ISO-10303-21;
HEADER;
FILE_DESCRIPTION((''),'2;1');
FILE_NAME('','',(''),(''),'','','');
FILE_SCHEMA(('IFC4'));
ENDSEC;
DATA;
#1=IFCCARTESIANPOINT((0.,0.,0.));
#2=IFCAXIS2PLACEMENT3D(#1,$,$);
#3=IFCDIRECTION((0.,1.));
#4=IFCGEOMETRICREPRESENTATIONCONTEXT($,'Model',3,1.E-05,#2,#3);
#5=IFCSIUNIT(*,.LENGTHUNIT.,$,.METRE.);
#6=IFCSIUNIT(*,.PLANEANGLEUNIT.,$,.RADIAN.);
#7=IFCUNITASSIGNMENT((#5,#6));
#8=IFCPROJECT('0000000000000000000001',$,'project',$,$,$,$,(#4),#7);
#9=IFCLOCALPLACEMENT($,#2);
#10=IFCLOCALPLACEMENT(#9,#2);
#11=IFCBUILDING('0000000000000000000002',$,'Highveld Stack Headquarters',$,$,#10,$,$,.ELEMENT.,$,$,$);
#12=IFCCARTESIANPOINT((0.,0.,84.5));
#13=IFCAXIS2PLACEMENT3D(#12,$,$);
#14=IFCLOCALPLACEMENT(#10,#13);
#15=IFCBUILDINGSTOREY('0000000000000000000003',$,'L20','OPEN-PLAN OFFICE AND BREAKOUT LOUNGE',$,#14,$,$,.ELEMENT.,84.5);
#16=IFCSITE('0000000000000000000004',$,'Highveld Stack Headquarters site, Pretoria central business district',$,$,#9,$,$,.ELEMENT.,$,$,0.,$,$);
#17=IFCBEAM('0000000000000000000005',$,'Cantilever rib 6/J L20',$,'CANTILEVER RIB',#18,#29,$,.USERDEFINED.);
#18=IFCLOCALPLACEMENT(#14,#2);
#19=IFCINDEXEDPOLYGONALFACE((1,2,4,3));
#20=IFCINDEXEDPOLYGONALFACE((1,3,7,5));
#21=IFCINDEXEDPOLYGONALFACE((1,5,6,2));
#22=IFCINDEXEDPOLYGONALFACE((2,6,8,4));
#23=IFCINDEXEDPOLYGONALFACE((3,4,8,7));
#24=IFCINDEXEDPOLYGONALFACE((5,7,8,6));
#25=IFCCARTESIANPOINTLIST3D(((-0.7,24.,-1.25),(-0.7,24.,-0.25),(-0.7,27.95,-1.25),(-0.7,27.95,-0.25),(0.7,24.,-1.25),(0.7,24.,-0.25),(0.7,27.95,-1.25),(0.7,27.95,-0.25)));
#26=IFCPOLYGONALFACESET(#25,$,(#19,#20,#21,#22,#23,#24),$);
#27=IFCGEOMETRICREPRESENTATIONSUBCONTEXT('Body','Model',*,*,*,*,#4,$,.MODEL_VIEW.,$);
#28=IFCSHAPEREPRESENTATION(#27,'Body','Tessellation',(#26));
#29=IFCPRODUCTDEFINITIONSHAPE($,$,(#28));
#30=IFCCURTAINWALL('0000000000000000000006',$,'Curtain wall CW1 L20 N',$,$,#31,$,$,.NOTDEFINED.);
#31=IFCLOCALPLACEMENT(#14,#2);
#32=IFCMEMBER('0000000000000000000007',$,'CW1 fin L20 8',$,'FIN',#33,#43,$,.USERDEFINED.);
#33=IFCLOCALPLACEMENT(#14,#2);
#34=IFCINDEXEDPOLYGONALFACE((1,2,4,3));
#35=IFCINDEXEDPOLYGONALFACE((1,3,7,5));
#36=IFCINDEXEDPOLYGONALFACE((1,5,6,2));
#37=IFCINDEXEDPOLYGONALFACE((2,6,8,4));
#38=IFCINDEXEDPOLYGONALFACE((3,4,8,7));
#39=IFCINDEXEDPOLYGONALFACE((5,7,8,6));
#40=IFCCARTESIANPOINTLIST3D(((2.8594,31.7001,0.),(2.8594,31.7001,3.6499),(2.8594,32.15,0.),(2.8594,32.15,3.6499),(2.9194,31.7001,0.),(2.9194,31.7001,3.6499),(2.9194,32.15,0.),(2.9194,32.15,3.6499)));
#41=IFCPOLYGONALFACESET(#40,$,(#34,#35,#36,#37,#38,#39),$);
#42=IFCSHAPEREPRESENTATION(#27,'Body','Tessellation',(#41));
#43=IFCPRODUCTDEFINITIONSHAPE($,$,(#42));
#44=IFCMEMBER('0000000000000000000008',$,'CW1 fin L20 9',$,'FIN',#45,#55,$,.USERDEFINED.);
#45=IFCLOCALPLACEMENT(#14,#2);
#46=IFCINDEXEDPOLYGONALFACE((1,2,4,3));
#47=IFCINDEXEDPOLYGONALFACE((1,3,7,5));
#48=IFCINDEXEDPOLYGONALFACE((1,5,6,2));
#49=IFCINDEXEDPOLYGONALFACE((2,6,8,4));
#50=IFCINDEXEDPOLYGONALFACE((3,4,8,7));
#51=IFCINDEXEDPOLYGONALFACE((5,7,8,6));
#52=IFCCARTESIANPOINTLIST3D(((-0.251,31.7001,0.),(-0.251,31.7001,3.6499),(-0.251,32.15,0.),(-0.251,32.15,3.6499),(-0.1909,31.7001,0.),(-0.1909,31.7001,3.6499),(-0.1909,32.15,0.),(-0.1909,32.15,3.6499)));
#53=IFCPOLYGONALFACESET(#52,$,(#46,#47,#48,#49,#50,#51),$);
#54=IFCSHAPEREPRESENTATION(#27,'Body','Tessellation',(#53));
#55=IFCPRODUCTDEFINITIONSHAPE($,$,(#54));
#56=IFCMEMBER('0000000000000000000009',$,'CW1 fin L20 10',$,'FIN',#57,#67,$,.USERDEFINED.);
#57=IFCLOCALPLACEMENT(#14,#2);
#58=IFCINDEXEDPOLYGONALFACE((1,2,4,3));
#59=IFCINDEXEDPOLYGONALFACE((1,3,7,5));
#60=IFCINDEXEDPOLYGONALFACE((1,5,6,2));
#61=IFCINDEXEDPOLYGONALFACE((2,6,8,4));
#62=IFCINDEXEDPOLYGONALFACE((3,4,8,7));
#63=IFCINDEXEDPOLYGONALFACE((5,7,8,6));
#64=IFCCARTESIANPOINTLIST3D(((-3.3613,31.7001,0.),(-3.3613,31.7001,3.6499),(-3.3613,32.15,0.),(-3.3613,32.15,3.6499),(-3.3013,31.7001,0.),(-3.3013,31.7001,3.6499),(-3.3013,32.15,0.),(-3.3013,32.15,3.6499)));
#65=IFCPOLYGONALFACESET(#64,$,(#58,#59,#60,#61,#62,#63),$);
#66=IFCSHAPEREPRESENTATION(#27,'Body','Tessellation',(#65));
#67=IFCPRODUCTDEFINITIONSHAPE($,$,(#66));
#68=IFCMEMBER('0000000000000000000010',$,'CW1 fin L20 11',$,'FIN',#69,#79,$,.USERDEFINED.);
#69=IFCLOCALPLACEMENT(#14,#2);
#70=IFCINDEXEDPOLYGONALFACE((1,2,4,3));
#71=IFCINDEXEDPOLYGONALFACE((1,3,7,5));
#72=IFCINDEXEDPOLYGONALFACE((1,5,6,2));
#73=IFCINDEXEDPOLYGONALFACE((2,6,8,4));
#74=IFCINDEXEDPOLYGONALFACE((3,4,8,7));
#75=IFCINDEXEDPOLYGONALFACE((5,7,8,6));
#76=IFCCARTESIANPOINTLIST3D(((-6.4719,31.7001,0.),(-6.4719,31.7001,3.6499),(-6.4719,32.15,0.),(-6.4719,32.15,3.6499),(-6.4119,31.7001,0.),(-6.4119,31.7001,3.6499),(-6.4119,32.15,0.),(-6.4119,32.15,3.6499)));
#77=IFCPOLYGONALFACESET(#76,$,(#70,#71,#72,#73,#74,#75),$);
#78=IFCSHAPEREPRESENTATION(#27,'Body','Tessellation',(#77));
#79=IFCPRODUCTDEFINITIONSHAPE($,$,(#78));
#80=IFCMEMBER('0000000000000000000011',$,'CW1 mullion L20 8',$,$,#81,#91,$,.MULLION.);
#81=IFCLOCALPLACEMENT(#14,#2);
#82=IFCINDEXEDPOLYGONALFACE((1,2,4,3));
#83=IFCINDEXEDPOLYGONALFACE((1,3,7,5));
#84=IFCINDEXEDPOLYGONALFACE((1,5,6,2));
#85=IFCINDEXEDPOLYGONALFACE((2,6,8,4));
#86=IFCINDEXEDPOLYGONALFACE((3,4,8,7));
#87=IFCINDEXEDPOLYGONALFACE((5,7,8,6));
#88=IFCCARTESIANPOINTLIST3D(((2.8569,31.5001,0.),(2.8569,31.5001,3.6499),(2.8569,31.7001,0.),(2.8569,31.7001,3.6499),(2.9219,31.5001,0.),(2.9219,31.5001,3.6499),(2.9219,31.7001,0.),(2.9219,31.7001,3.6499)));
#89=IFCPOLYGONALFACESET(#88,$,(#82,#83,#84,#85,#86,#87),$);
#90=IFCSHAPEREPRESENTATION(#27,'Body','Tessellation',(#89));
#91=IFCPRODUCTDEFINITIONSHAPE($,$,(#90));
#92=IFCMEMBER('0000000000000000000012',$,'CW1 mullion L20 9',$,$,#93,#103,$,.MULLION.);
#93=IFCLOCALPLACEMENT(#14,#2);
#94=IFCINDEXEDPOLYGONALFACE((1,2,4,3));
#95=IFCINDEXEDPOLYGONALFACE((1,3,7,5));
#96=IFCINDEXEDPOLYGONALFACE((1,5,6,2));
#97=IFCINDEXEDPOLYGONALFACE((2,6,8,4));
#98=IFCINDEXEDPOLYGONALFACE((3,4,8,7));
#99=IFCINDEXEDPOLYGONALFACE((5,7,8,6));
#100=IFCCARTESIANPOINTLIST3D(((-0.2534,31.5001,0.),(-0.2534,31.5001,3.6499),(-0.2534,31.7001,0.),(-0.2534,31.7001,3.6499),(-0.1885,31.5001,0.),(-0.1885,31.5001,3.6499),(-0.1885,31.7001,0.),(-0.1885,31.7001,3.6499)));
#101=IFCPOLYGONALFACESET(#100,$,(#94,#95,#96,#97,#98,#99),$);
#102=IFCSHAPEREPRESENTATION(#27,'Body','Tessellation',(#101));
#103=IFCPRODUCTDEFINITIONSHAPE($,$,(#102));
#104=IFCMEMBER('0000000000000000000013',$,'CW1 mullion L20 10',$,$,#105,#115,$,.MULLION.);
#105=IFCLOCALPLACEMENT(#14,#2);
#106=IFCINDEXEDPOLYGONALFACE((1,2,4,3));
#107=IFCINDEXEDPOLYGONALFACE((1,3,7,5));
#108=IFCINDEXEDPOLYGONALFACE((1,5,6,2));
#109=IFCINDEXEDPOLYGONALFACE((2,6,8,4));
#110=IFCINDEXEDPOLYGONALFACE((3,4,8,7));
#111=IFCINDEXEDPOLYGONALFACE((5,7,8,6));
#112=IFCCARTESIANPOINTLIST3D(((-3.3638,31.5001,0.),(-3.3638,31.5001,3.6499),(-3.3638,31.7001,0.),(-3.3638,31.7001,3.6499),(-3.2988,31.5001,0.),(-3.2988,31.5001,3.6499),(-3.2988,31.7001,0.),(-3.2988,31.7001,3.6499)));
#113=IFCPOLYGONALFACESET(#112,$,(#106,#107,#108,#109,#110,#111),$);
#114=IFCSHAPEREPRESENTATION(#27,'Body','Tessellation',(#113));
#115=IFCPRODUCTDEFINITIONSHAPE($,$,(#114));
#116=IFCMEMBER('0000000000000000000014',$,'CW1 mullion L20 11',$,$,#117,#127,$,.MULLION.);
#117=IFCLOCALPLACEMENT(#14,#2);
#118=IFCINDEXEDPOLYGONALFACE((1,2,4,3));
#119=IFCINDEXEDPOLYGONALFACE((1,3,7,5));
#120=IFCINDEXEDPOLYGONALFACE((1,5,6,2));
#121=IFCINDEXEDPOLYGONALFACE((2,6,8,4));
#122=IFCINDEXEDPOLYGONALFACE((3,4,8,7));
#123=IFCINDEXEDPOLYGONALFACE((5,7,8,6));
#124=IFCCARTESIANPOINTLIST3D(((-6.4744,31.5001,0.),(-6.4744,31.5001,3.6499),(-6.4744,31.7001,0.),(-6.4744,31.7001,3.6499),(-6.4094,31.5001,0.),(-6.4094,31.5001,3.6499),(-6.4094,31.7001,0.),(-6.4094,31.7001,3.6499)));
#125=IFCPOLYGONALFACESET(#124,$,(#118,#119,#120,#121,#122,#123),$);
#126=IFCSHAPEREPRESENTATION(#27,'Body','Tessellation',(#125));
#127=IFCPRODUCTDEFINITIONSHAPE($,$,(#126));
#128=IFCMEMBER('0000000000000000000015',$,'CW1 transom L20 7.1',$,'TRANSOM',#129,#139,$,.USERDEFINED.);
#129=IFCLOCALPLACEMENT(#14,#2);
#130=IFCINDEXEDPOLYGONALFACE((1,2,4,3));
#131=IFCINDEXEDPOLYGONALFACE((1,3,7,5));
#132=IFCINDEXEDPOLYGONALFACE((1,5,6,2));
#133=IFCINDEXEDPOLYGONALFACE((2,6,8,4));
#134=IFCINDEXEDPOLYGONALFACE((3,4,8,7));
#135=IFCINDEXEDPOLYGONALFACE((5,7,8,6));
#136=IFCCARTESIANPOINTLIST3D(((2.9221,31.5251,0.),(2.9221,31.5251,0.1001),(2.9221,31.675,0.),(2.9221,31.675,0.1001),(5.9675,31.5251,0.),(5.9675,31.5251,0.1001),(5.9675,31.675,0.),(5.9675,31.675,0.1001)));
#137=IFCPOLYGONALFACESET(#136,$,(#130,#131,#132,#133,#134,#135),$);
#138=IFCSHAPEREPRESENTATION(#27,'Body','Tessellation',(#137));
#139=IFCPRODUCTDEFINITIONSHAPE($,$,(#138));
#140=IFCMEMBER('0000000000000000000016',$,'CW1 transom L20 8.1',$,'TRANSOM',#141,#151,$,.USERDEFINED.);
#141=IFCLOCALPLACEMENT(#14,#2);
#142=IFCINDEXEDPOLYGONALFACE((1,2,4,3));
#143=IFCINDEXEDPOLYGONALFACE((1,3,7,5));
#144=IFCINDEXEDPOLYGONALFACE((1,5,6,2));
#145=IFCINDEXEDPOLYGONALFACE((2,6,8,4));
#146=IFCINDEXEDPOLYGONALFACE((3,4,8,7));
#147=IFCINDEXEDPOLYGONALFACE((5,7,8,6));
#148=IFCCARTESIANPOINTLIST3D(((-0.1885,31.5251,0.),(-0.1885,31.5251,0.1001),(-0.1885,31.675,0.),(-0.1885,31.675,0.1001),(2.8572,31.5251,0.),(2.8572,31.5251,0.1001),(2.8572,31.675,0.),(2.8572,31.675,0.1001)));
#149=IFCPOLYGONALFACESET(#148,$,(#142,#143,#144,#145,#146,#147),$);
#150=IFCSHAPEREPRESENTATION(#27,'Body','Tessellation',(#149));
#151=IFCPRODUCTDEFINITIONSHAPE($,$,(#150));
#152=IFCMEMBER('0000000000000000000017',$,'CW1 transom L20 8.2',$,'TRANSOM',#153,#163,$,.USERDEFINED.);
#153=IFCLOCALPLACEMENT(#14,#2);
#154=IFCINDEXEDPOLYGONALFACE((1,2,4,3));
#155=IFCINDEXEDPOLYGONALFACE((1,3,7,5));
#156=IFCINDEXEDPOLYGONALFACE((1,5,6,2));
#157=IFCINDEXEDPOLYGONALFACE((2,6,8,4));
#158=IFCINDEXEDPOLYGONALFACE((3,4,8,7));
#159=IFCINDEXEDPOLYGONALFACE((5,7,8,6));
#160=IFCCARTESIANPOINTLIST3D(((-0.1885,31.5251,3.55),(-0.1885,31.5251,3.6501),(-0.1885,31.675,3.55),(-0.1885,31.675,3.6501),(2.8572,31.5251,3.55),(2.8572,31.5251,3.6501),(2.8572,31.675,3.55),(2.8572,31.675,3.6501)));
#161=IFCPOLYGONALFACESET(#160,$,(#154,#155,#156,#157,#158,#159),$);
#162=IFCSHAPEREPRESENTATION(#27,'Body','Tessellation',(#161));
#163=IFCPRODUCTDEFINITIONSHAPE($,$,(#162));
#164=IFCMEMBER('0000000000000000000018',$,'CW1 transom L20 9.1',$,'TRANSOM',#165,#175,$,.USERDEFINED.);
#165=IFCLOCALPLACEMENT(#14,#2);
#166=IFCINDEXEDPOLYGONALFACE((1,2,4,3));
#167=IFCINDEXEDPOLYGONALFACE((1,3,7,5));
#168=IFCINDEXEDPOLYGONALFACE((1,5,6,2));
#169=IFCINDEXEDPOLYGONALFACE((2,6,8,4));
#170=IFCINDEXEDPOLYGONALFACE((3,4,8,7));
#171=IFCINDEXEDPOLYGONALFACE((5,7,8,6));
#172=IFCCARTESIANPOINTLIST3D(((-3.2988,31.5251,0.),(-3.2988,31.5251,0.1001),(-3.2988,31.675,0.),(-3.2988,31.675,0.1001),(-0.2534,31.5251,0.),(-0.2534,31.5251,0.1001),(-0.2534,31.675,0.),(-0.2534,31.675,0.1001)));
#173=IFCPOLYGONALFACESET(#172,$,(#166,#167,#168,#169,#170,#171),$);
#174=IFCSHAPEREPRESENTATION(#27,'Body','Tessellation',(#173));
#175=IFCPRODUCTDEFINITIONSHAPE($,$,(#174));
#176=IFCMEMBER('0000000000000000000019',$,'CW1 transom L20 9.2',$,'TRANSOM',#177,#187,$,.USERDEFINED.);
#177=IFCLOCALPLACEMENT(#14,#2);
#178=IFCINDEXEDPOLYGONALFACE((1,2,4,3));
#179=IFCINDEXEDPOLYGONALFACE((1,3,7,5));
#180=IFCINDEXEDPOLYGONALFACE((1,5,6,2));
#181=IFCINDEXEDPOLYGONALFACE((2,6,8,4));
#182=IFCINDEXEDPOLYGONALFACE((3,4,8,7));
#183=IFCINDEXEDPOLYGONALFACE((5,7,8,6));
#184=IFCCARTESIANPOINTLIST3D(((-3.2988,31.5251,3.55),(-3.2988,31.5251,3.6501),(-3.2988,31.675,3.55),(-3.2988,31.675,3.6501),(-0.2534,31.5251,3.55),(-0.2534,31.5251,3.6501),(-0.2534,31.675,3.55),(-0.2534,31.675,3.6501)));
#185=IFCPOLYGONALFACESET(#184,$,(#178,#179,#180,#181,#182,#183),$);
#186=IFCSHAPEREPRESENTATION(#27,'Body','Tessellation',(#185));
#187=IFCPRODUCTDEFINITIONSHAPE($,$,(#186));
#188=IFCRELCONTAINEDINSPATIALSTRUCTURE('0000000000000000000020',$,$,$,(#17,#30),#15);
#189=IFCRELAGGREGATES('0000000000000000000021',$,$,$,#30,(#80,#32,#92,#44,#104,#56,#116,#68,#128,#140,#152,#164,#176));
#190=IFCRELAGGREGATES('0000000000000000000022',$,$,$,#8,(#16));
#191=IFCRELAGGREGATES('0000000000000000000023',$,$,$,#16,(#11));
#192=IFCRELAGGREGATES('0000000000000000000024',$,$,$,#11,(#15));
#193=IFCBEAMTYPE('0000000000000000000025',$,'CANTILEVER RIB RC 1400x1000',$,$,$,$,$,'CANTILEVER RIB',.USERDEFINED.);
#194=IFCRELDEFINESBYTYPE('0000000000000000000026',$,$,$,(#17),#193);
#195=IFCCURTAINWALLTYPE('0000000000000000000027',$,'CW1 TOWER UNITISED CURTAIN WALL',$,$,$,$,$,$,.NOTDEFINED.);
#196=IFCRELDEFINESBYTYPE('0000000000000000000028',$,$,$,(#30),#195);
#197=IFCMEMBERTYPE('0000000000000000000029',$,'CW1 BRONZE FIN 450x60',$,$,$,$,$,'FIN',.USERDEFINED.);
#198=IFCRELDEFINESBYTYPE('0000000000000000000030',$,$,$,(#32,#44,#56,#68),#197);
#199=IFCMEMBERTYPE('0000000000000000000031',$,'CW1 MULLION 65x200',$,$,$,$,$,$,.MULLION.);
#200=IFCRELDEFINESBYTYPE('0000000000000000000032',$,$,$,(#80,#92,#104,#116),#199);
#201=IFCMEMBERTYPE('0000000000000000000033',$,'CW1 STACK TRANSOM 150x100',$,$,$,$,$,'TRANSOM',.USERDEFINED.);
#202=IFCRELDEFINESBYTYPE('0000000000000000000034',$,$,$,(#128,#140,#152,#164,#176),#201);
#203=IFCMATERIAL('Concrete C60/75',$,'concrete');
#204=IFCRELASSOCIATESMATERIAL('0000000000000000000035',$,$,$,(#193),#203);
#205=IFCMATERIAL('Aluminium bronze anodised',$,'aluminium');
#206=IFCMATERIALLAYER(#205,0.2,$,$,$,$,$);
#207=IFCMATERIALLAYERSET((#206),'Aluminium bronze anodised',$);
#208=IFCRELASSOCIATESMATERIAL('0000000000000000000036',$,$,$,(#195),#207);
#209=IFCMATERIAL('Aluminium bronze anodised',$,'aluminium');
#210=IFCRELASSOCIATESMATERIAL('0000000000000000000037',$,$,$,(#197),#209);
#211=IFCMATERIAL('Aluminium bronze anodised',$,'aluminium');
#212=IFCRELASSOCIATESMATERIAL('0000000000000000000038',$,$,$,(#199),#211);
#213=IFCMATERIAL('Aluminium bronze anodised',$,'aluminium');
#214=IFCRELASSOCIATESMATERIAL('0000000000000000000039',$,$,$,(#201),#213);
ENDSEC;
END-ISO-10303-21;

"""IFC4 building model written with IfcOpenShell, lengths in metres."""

from ifc_helpers import new_model, si_unit, direction, frame, origin, origin_2d, place, context, subcontext, project, spatial, rectangle, extrude, material, layer, layer_set, material_profile, profile_set, type_object, element, aggregate, save


model = new_model("IFC4")

# Units and contexts
model_context = context("Model", 3, precision=1e-05, world=origin(), true_north=direction((0.0, 1.0)))
body_context = subcontext(model_context, "Body", "Model", "MODEL_VIEW")
ifc_project = project(units=[si_unit("LENGTHUNIT", "METRE"), si_unit("PLANEANGLEUNIT", "RADIAN")], contexts=[model_context])

# Site, building, storey
site_placement = place(None, origin())
site = spatial("IfcSite", under=ifc_project, at=site_placement, Name="Highveld Stack Headquarters site, Pretoria central business district", CompositionType="ELEMENT", RefElevation=0.0)
building_placement = place(site_placement, origin())
building = spatial("IfcBuilding", under=site, at=building_placement, Name="Highveld Stack Headquarters", CompositionType="ELEMENT")
storey_placement = place(building_placement, frame((0.0, 0.0, 84.5)))
storey = spatial("IfcBuildingStorey", under=building, at=storey_placement, Name="L20", Description="OPEN-PLAN OFFICE AND BREAKOUT LOUNGE", CompositionType="ELEMENT", Elevation=84.5)

# Beam
ifc_material_1 = material(Name="Concrete C60/75", Category="concrete")
ifc_material_profile_1 = material_profile(ifc_material_1, rectangle(XDim=1.3999, YDim=1.0, at=origin_2d()), Name="RC 1400x1000")
ifc_profile_set_1 = profile_set([ifc_material_profile_1], Name="Concrete C60/75")
beam_type_1 = type_object("IfcBeamType", Name="CANTILEVER RIB RC 1400x1000", ElementType="CANTILEVER RIB", PredefinedType="USERDEFINED", material=ifc_profile_set_1)
beam_placement = place(storey_placement, frame((0.0, 24.0, -0.75), z_axis=(0.0, 1.0, 0.0), x_axis=(-1.0, 0.0, 0.0)))
element("IfcBeam", 1, at=beam_placement, inside=storey, type_object=beam_type_1, Name="Cantilever rib 6/J L20", ObjectType="CANTILEVER RIB", PredefinedType="USERDEFINED", context=body_context, shape_type="SweptSolid", body=[
    extrude(rectangle(XDim=1.3999, YDim=1.0, at=origin_2d()), origin(), (0.0, 0.0, 1.0), 3.95),
])

# Curtain wall, members
ifc_material_2 = material(Name="Aluminium bronze anodised", Category="aluminium")
ifc_layer_1 = layer(ifc_material_2, 0.2)
ifc_layer_set_1 = layer_set([ifc_layer_1], Name="Aluminium bronze anodised")
curtain_wall_type = type_object("IfcCurtainWallType", Name="CW1 TOWER UNITISED CURTAIN WALL", PredefinedType="NOTDEFINED", material=ifc_layer_set_1)
curtain_wall_placement = place(storey_placement, origin())
curtain_wall = element("IfcCurtainWall", 2, at=curtain_wall_placement, inside=storey, type_object=curtain_wall_type, Name="Curtain wall CW1 L20 N", PredefinedType="NOTDEFINED")
ifc_material_3 = material(Name="Aluminium bronze anodised", Category="aluminium")
ifc_material_profile_2 = material_profile(ifc_material_3, rectangle(XDim=0.45, YDim=0.0601, at=origin_2d()), Name="FIN 450x60")
ifc_profile_set_2 = profile_set([ifc_material_profile_2], Name="Aluminium bronze anodised")
member_type_1 = type_object("IfcMemberType", Name="CW1 BRONZE FIN 450x60", ElementType="FIN", PredefinedType="USERDEFINED", material=ifc_profile_set_2)
member_1_placement = place(storey_placement, frame((2.8894, 31.925, 0.0), z_axis=(0.0, 0.0, 1.0), x_axis=(0.0, -1.0, 0.0)))
member_1 = element("IfcMember", 3, at=member_1_placement, type_object=member_type_1, Name="CW1 fin L20 8", ObjectType="FIN", PredefinedType="USERDEFINED", context=body_context, shape_type="SweptSolid", body=[
    extrude(rectangle(XDim=0.45, YDim=0.0601, at=origin_2d()), origin(), (0.0, 0.0, 1.0), 3.6499),
])
member_2_placement = place(storey_placement, frame((-0.2209, 31.925, 0.0), z_axis=(0.0, 0.0, 1.0), x_axis=(0.0, -1.0, 0.0)))
member_2 = element("IfcMember", 4, at=member_2_placement, type_object=member_type_1, Name="CW1 fin L20 9", ObjectType="FIN", PredefinedType="USERDEFINED", context=body_context, shape_type="SweptSolid", body=[
    extrude(rectangle(XDim=0.45, YDim=0.0601, at=origin_2d()), origin(), (0.0, 0.0, 1.0), 3.6499),
])
member_3_placement = place(storey_placement, frame((-3.3313, 31.925, 0.0), z_axis=(0.0, 0.0, 1.0), x_axis=(0.0, -1.0, 0.0)))
member_3 = element("IfcMember", 5, at=member_3_placement, type_object=member_type_1, Name="CW1 fin L20 10", ObjectType="FIN", PredefinedType="USERDEFINED", context=body_context, shape_type="SweptSolid", body=[
    extrude(rectangle(XDim=0.45, YDim=0.0601, at=origin_2d()), origin(), (0.0, 0.0, 1.0), 3.6499),
])
member_4_placement = place(storey_placement, frame((-6.4419, 31.925, 0.0), z_axis=(0.0, 0.0, 1.0), x_axis=(0.0, -1.0, 0.0)))
member_4 = element("IfcMember", 6, at=member_4_placement, type_object=member_type_1, Name="CW1 fin L20 11", ObjectType="FIN", PredefinedType="USERDEFINED", context=body_context, shape_type="SweptSolid", body=[
    extrude(rectangle(XDim=0.45, YDim=0.0601, at=origin_2d()), origin(), (0.0, 0.0, 1.0), 3.6499),
])
ifc_material_4 = material(Name="Aluminium bronze anodised", Category="aluminium")
ifc_material_profile_3 = material_profile(ifc_material_4, rectangle(XDim=0.2, YDim=0.0649, at=origin_2d()), Name="CW1 MULLION 65x200")
ifc_profile_set_3 = profile_set([ifc_material_profile_3], Name="Aluminium bronze anodised")
member_type_2 = type_object("IfcMemberType", Name="CW1 MULLION 65x200", PredefinedType="MULLION", material=ifc_profile_set_3)
member_5_placement = place(storey_placement, frame((2.8894, 31.6001, 0.0), z_axis=(0.0, 0.0, 1.0), x_axis=(0.0, -1.0, 0.0)))
member_5 = element("IfcMember", 7, at=member_5_placement, type_object=member_type_2, Name="CW1 mullion L20 8", PredefinedType="MULLION", context=body_context, shape_type="SweptSolid", body=[
    extrude(rectangle(XDim=0.2, YDim=0.0649, at=origin_2d()), origin(), (0.0, 0.0, 1.0), 3.6499),
])
member_6_placement = place(storey_placement, frame((-0.2209, 31.6001, 0.0), z_axis=(0.0, 0.0, 1.0), x_axis=(0.0, -1.0, 0.0)))
member_6 = element("IfcMember", 8, at=member_6_placement, type_object=member_type_2, Name="CW1 mullion L20 9", PredefinedType="MULLION", context=body_context, shape_type="SweptSolid", body=[
    extrude(rectangle(XDim=0.2, YDim=0.0649, at=origin_2d()), origin(), (0.0, 0.0, 1.0), 3.6499),
])
member_7_placement = place(storey_placement, frame((-3.3313, 31.6001, 0.0), z_axis=(0.0, 0.0, 1.0), x_axis=(0.0, -1.0, 0.0)))
member_7 = element("IfcMember", 9, at=member_7_placement, type_object=member_type_2, Name="CW1 mullion L20 10", PredefinedType="MULLION", context=body_context, shape_type="SweptSolid", body=[
    extrude(rectangle(XDim=0.2, YDim=0.0649, at=origin_2d()), origin(), (0.0, 0.0, 1.0), 3.6499),
])
member_8_placement = place(storey_placement, frame((-6.4419, 31.6001, 0.0), z_axis=(0.0, 0.0, 1.0), x_axis=(0.0, -1.0, 0.0)))
member_8 = element("IfcMember", 10, at=member_8_placement, type_object=member_type_2, Name="CW1 mullion L20 11", PredefinedType="MULLION", context=body_context, shape_type="SweptSolid", body=[
    extrude(rectangle(XDim=0.2, YDim=0.0649, at=origin_2d()), origin(), (0.0, 0.0, 1.0), 3.6499),
])
ifc_material_5 = material(Name="Aluminium bronze anodised", Category="aluminium")
ifc_material_profile_4 = material_profile(ifc_material_5, rectangle(XDim=0.1499, YDim=0.1001, at=origin_2d()), Name="CW1 TRANSOM 150x100")
ifc_profile_set_4 = profile_set([ifc_material_profile_4], Name="Aluminium bronze anodised")
member_type_3 = type_object("IfcMemberType", Name="CW1 STACK TRANSOM 150x100", ElementType="TRANSOM", PredefinedType="USERDEFINED", material=ifc_profile_set_4)
member_9_placement = place(storey_placement, frame((5.9675, 31.6001, 0.05), z_axis=(-1.0, 0.0, 0.0), x_axis=(0.0, -1.0, 0.0)))
member_9 = element("IfcMember", 11, at=member_9_placement, type_object=member_type_3, Name="CW1 transom L20 7.1", ObjectType="TRANSOM", PredefinedType="USERDEFINED", context=body_context, shape_type="SweptSolid", body=[
    extrude(rectangle(XDim=0.1499, YDim=0.1001, at=origin_2d()), origin(), (0.0, 0.0, 1.0), 3.0454),
])
member_10_placement = place(storey_placement, frame((2.8572, 31.6001, 0.05), z_axis=(-1.0, 0.0, 0.0), x_axis=(0.0, -1.0, 0.0)))
member_10 = element("IfcMember", 12, at=member_10_placement, type_object=member_type_3, Name="CW1 transom L20 8.1", ObjectType="TRANSOM", PredefinedType="USERDEFINED", context=body_context, shape_type="SweptSolid", body=[
    extrude(rectangle(XDim=0.1499, YDim=0.1001, at=origin_2d()), origin(), (0.0, 0.0, 1.0), 3.0457),
])
member_11_placement = place(storey_placement, frame((2.8572, 31.6001, 3.6001), z_axis=(-1.0, 0.0, 0.0), x_axis=(0.0, -1.0, 0.0)))
member_11 = element("IfcMember", 13, at=member_11_placement, type_object=member_type_3, Name="CW1 transom L20 8.2", ObjectType="TRANSOM", PredefinedType="USERDEFINED", context=body_context, shape_type="SweptSolid", body=[
    extrude(rectangle(XDim=0.1499, YDim=0.1001, at=origin_2d()), origin(), (0.0, 0.0, 1.0), 3.0457),
])
member_12_placement = place(storey_placement, frame((-0.2534, 31.6001, 0.05), z_axis=(-1.0, 0.0, 0.0), x_axis=(0.0, -1.0, 0.0)))
member_12 = element("IfcMember", 14, at=member_12_placement, type_object=member_type_3, Name="CW1 transom L20 9.1", ObjectType="TRANSOM", PredefinedType="USERDEFINED", context=body_context, shape_type="SweptSolid", body=[
    extrude(rectangle(XDim=0.1499, YDim=0.1001, at=origin_2d()), origin(), (0.0, 0.0, 1.0), 3.0454),
])
member_13_placement = place(storey_placement, frame((-0.2534, 31.6001, 3.6001), z_axis=(-1.0, 0.0, 0.0), x_axis=(0.0, -1.0, 0.0)))
member_13 = element("IfcMember", 15, at=member_13_placement, type_object=member_type_3, Name="CW1 transom L20 9.2", ObjectType="TRANSOM", PredefinedType="USERDEFINED", context=body_context, shape_type="SweptSolid", body=[
    extrude(rectangle(XDim=0.1499, YDim=0.1001, at=origin_2d()), origin(), (0.0, 0.0, 1.0), 3.0454),
])

aggregate(curtain_wall, [member_5, member_1, member_6, member_2, member_7, member_3, member_8, member_4, member_9, member_10, member_11, member_12, member_13])

save(model, "model.ifc")
